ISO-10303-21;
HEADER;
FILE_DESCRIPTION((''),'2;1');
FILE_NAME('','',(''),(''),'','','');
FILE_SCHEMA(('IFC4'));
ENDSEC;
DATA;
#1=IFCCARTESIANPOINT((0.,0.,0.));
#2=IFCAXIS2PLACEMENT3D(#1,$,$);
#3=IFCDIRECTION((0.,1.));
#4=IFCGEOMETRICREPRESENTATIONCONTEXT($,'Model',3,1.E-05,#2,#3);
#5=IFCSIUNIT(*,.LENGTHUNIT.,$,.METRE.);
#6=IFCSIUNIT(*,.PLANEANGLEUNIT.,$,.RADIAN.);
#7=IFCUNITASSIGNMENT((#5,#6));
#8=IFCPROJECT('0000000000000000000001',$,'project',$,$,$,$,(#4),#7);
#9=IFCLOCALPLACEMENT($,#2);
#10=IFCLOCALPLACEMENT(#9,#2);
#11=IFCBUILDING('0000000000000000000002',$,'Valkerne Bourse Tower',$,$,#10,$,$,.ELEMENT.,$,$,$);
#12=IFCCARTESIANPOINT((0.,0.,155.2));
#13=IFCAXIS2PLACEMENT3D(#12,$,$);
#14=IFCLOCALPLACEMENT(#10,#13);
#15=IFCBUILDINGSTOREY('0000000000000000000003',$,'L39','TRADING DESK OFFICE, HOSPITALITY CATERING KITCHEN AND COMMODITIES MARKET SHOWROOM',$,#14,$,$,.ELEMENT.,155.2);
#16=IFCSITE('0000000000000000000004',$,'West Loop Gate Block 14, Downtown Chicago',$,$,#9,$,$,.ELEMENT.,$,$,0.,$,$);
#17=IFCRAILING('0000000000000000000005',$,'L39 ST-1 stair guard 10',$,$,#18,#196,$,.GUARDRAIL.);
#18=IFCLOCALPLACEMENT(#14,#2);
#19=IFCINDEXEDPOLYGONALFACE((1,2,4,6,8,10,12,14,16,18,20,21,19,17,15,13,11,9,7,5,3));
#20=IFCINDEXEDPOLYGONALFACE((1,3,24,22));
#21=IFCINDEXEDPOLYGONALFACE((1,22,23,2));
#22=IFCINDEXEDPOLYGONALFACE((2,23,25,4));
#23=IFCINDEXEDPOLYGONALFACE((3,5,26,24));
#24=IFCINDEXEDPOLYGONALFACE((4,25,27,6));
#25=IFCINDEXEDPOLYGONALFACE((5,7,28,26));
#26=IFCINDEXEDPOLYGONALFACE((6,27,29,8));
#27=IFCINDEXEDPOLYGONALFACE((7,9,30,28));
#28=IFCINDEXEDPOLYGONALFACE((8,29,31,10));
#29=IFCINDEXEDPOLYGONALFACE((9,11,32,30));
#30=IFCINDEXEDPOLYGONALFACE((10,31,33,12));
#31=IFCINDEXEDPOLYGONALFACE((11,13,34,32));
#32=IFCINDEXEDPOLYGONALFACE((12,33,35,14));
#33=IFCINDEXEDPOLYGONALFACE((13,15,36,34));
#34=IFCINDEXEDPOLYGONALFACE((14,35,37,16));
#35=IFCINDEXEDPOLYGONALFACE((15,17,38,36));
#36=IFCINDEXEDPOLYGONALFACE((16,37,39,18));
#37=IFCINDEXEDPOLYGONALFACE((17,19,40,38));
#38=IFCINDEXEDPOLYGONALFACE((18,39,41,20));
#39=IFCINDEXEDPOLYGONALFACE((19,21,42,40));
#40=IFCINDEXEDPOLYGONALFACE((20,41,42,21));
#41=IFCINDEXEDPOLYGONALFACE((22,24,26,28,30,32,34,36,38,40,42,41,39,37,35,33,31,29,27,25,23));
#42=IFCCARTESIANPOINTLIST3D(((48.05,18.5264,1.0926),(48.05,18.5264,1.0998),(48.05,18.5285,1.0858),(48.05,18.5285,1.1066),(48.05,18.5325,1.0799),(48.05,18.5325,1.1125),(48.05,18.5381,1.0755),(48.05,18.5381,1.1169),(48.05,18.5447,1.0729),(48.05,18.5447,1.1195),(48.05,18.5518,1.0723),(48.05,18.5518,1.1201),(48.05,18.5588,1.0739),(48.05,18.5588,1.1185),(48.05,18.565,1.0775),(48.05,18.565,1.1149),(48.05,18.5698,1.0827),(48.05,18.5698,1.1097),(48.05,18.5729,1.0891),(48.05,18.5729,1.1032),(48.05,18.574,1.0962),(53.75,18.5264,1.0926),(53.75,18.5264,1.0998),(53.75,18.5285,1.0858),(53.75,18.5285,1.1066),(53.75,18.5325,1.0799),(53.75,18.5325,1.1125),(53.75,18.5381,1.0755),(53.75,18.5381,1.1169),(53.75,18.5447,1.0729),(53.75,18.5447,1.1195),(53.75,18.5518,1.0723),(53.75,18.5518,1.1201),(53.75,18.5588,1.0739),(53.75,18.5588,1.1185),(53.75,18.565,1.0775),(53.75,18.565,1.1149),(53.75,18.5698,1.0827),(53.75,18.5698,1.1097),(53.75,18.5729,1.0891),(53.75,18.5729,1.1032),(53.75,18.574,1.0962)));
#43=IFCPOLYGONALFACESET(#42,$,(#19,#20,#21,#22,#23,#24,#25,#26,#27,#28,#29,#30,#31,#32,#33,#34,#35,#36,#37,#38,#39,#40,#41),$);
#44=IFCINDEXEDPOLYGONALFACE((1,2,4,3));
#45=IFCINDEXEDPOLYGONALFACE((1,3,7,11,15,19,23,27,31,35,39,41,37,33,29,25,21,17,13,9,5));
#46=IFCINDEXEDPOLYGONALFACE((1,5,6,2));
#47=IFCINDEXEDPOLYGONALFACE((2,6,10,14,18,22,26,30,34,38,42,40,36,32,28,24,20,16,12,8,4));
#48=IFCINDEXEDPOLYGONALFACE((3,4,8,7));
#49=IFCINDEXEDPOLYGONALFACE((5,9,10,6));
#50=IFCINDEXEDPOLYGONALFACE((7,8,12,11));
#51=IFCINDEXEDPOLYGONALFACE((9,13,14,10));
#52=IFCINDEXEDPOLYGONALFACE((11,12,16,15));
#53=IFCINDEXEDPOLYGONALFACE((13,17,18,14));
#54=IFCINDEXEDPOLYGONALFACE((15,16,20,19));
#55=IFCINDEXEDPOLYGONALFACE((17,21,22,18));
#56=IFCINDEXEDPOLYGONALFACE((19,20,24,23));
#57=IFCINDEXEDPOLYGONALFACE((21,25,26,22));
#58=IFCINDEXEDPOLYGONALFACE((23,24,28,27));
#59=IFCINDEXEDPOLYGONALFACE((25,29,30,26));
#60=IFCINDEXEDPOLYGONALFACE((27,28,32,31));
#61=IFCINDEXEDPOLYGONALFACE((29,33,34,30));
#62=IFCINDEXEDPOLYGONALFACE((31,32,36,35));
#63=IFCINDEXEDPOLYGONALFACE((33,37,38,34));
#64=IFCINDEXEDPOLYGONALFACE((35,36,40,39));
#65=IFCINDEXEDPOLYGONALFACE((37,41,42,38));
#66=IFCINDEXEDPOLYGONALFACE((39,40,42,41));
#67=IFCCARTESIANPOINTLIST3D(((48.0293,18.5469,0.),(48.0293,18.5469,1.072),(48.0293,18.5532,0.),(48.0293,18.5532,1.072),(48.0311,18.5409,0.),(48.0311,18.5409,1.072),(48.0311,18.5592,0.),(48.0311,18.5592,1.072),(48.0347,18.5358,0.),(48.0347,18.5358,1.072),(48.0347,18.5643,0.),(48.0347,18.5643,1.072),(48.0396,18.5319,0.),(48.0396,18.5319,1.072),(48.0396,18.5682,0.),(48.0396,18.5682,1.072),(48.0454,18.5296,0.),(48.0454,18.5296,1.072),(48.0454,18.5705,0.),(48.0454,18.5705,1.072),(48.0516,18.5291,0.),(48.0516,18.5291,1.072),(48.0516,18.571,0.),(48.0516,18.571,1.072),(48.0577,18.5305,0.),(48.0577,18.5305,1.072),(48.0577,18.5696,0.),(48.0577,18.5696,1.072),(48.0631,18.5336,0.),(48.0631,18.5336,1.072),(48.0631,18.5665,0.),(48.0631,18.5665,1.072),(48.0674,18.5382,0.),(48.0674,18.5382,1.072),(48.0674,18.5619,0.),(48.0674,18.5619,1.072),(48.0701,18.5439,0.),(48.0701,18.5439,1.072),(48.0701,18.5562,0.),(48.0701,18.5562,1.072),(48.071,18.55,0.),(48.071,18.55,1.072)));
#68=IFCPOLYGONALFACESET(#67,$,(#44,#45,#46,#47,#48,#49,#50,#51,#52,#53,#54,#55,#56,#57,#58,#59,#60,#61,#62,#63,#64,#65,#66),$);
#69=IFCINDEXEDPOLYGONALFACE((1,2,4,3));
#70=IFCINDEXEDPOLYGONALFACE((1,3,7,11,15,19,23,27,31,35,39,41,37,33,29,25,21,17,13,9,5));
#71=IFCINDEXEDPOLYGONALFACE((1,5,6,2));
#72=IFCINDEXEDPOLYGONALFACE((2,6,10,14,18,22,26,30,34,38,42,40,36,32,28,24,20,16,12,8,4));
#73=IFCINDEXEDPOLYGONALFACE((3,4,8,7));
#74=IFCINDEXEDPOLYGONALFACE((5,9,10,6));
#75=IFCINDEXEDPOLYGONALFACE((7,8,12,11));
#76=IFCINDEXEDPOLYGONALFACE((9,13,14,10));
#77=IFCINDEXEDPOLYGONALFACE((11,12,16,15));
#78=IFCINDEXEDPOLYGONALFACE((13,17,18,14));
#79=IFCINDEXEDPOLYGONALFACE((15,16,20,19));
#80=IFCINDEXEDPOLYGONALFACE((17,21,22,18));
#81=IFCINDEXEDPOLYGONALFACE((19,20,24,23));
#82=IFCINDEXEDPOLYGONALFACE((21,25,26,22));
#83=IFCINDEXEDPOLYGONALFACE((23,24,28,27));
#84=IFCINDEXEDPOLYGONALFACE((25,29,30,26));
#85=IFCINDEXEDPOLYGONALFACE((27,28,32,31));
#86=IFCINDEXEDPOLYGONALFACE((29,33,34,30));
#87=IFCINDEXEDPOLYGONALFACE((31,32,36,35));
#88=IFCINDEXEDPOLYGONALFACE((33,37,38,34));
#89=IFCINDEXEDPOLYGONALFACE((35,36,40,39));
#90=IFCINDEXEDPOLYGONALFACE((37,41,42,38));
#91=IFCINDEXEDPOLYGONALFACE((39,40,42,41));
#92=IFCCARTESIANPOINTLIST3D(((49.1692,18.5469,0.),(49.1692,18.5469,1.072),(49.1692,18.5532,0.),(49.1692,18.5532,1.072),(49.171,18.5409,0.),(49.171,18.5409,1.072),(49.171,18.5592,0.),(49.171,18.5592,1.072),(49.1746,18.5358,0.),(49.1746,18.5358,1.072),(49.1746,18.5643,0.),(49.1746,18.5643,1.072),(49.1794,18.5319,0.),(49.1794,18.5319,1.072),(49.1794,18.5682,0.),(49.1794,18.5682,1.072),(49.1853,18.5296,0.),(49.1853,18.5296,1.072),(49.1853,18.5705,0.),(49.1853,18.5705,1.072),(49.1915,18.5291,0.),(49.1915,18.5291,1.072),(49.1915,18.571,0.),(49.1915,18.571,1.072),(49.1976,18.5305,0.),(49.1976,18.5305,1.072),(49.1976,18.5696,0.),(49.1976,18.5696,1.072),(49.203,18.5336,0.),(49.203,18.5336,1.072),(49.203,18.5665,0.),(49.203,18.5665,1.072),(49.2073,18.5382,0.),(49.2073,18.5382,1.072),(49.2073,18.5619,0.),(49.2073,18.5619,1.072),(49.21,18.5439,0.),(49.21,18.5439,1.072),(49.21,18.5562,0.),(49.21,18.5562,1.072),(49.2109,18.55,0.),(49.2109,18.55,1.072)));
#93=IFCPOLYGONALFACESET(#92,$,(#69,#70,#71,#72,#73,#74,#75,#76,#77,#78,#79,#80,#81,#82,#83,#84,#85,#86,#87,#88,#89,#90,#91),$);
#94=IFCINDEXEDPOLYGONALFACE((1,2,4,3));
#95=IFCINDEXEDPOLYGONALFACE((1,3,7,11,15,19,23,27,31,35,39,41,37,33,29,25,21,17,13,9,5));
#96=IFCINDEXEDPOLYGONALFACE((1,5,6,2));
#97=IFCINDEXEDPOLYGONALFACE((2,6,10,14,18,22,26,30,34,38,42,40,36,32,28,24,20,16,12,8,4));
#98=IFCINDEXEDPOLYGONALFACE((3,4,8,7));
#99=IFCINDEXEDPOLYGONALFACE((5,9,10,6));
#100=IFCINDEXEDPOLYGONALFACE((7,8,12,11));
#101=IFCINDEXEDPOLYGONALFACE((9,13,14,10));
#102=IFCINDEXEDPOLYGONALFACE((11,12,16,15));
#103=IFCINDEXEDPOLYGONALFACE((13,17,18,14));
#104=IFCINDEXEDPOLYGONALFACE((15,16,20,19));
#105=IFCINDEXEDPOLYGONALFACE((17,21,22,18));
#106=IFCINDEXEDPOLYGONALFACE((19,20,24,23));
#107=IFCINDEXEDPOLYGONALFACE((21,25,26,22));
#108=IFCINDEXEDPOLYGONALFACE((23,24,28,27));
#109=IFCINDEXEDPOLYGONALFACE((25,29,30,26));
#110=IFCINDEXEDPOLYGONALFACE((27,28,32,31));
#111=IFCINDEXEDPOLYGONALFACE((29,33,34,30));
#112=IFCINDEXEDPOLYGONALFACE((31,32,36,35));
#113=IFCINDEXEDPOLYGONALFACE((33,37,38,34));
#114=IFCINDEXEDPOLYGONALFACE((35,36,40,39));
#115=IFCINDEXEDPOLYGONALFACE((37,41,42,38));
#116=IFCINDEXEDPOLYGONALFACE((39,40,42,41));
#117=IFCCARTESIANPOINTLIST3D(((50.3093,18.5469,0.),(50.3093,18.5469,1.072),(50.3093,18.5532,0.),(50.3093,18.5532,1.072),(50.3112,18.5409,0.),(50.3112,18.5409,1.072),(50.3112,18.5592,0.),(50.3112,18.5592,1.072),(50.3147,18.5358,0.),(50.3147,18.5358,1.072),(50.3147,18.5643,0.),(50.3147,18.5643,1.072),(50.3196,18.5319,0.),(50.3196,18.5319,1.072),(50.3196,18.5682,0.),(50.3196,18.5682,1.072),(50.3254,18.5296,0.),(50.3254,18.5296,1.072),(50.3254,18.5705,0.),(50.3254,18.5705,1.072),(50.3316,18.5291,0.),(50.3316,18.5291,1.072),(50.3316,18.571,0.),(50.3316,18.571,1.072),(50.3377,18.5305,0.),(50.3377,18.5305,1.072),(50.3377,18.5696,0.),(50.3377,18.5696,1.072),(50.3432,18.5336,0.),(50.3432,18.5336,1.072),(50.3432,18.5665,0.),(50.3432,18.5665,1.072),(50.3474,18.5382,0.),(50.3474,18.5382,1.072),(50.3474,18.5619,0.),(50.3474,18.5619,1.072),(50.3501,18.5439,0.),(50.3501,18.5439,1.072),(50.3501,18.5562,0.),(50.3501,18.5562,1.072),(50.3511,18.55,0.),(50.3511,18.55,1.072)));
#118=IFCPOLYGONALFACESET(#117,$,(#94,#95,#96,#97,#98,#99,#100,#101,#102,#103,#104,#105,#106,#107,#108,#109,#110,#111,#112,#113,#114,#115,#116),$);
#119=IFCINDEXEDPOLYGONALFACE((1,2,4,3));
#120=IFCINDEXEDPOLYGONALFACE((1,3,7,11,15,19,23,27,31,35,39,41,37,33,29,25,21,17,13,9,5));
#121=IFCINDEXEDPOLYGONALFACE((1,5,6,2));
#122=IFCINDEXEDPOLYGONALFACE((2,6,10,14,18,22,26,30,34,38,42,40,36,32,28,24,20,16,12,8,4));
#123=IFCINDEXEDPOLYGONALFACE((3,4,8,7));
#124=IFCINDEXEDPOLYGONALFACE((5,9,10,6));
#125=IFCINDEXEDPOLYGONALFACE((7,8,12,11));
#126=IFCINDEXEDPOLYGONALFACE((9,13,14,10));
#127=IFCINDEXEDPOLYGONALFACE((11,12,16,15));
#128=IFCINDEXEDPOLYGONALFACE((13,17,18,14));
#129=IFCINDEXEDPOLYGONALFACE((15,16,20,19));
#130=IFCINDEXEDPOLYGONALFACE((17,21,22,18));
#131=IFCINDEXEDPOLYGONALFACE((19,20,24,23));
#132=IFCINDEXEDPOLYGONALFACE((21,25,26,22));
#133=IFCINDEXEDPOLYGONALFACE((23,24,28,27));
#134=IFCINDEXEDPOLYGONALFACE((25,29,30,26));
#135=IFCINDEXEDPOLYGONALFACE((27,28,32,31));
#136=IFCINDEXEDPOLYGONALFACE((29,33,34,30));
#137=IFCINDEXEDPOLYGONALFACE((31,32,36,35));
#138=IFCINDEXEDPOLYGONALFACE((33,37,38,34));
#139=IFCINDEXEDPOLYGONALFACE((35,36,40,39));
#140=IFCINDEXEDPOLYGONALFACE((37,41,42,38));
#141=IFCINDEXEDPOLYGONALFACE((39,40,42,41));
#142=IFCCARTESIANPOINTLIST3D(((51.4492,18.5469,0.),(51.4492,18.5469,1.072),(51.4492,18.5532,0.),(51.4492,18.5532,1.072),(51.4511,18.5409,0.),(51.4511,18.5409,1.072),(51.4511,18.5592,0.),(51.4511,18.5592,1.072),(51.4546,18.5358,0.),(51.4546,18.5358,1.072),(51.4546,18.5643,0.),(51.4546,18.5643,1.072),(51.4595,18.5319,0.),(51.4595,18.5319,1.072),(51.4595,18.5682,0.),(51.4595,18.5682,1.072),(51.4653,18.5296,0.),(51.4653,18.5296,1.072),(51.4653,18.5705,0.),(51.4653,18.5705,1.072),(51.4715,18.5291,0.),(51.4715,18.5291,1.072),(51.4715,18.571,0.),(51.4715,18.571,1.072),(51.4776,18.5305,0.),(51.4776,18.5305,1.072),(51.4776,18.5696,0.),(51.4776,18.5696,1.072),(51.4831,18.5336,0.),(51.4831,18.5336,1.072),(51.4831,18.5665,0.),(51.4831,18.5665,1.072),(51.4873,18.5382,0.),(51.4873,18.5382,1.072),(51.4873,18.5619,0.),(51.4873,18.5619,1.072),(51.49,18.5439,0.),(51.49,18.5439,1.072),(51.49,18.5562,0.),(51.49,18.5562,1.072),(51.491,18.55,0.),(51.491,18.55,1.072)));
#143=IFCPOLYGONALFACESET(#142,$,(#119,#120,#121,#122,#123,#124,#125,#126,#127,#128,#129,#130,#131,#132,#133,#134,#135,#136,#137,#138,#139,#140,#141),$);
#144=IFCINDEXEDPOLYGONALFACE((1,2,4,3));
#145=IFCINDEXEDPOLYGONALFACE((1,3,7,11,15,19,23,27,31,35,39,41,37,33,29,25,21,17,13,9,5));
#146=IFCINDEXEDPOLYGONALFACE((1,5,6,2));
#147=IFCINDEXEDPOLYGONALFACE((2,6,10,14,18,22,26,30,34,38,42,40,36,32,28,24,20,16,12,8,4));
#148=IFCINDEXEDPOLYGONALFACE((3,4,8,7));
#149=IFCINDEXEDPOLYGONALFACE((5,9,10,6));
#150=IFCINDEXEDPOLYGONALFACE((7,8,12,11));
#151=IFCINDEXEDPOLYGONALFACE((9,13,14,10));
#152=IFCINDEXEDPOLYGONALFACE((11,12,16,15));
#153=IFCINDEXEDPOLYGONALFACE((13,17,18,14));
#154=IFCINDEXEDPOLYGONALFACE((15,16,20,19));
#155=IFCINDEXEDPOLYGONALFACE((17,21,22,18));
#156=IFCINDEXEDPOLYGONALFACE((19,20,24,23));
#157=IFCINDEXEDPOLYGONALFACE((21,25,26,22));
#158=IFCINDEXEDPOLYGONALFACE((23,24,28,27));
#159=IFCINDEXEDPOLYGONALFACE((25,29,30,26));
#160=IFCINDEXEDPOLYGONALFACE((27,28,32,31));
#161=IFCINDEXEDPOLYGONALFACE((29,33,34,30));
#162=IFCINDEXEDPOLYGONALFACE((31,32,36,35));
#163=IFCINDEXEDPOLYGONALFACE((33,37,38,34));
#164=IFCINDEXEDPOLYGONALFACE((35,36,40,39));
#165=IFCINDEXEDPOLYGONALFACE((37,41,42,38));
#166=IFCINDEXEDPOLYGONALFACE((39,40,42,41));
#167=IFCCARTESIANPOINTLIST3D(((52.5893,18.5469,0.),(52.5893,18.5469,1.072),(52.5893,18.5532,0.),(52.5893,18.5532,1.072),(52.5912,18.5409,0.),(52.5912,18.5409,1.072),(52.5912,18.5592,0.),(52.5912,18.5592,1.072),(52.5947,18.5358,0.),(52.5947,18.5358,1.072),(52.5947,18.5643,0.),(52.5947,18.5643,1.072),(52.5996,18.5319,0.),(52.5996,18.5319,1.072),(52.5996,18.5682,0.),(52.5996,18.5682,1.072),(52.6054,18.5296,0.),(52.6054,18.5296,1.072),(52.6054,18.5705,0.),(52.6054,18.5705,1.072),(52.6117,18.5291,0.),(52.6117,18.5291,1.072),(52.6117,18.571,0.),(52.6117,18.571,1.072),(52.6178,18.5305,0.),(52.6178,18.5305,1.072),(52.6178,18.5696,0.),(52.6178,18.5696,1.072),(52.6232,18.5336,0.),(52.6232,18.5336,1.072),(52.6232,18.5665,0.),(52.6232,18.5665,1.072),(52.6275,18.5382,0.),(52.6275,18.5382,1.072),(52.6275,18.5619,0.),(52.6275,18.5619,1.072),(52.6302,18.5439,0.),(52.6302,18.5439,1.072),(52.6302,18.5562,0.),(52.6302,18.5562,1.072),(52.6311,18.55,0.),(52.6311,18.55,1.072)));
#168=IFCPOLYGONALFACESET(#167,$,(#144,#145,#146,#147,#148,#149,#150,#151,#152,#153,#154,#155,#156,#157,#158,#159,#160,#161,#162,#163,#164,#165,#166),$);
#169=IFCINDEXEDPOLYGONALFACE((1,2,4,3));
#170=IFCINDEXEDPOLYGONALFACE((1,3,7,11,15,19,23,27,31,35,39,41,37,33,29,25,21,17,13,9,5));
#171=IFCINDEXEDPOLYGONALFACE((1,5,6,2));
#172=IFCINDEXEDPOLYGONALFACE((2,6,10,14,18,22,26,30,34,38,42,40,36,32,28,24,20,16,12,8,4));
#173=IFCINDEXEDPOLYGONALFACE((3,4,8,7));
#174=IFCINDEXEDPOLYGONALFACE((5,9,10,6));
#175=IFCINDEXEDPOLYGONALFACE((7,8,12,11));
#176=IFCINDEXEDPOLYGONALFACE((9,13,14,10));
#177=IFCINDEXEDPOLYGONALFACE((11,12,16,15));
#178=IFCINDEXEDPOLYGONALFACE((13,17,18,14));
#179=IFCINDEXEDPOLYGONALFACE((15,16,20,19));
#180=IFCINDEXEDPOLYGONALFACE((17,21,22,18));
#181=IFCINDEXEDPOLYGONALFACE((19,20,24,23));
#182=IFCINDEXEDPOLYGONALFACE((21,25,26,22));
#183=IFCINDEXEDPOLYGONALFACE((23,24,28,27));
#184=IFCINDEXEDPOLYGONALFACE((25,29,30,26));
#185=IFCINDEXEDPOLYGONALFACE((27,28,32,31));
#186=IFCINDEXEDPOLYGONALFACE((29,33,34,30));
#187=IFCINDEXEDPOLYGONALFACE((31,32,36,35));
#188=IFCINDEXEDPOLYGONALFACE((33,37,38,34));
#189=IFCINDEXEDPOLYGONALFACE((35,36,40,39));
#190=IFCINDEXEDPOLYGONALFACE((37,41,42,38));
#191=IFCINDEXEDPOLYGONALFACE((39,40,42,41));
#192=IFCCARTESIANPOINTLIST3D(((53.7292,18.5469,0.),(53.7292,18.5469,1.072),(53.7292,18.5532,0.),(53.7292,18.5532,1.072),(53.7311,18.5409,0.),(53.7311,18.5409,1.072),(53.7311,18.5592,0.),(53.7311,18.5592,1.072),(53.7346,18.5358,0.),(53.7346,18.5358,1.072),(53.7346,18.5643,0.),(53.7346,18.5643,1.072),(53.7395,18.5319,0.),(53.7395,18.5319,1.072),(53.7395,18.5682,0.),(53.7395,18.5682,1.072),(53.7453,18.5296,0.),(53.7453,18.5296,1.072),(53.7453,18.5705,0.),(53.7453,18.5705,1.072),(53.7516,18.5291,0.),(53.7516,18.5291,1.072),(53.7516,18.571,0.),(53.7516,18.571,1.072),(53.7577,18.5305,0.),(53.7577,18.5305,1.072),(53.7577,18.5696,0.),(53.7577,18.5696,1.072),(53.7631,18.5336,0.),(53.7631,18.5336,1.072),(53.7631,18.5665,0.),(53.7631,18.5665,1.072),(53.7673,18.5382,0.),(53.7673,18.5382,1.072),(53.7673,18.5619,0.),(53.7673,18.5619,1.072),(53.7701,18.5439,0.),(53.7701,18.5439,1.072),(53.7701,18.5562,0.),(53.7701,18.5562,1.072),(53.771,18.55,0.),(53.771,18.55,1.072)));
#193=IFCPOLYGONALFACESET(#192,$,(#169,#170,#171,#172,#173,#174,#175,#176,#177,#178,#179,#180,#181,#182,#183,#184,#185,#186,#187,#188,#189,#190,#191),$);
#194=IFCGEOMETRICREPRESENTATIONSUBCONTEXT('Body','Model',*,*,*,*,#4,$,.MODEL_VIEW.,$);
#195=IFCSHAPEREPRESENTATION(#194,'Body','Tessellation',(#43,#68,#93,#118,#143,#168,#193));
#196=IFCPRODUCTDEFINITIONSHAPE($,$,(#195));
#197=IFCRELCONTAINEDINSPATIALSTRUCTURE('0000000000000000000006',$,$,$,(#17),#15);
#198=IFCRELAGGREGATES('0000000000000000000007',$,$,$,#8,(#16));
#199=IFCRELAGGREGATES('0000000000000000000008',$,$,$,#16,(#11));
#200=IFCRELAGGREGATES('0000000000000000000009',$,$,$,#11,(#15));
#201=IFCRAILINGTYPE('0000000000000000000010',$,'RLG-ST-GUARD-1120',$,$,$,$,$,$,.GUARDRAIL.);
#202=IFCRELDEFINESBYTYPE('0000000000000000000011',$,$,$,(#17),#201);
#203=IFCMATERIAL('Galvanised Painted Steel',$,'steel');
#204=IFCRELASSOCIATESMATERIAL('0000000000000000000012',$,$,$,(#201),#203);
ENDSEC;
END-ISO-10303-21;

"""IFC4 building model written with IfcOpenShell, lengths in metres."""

from ifc_helpers import new_model, si_unit, direction, frame, origin, origin_2d, place, context, subcontext, project, spatial, circle, extrude, material, type_object, element, save


model = new_model("IFC4")

# Units and contexts
model_context = context("Model", 3, precision=1e-05, world=origin(), true_north=direction((0.0, 1.0)))
body_context = subcontext(model_context, "Body", "Model", "MODEL_VIEW")
ifc_project = project(units=[si_unit("LENGTHUNIT", "METRE"), si_unit("PLANEANGLEUNIT", "RADIAN")], contexts=[model_context])

# Site, building, storey
site_placement = place(None, origin())
site = spatial("IfcSite", under=ifc_project, at=site_placement, Name="West Loop Gate Block 14, Downtown Chicago", CompositionType="ELEMENT", RefElevation=0.0)
building_placement = place(site_placement, origin())
building = spatial("IfcBuilding", under=site, at=building_placement, Name="Valkerne Bourse Tower", CompositionType="ELEMENT")
storey_placement = place(building_placement, frame((0.0, 0.0, 155.2)))
storey = spatial("IfcBuildingStorey", under=building, at=storey_placement, Name="L39", Description="TRADING DESK OFFICE, HOSPITALITY CATERING KITCHEN AND COMMODITIES MARKET SHOWROOM", CompositionType="ELEMENT", Elevation=155.2)

# Shared definitions
ifc_material_1 = material(Name="Galvanised Painted Steel", Category="steel")

# Railing
railing_type_1 = type_object("IfcRailingType", Name="RLG-ST-GUARD-1120", PredefinedType="GUARDRAIL", material=ifc_material_1)
for number, where, name in (
    (1, (48.05, 18.55, 0.0), "L39 ST-1 stair guard 10"),
):
    element("IfcRailing", number, at=place(storey_placement, frame(where)), inside=storey, type_object=railing_type_1, Name=name, PredefinedType="GUARDRAIL", context=body_context, shape_type="SweptSolid", body=[
        extrude(circle(Radius=0.0239, at=origin_2d()), frame((0.0, 0.0, 1.0962), z_axis=(1.0, 0.0, 0.0), x_axis=(0.0, 1.0, 0.0)), (0.0, 0.0, 1.0), 5.7),
        extrude(circle(Radius=0.021, at=origin_2d()), origin(), (0.0, 0.0, 1.0), 1.072),
        extrude(circle(Radius=0.021, at=origin_2d()), frame((1.1399, 0.0, 0.0)), (0.0, 0.0, 1.0), 1.072),
        extrude(circle(Radius=0.021, at=origin_2d()), frame((2.28, 0.0, 0.0)), (0.0, 0.0, 1.0), 1.072),
        extrude(circle(Radius=0.021, at=origin_2d()), frame((3.4199, 0.0, 0.0)), (0.0, 0.0, 1.0), 1.072),
        extrude(circle(Radius=0.021, at=origin_2d()), frame((4.5601, 0.0, 0.0)), (0.0, 0.0, 1.0), 1.072),
        extrude(circle(Radius=0.021, at=origin_2d()), frame((5.7, 0.0, 0.0)), (0.0, 0.0, 1.0), 1.072),
    ])

save(model, "model.ifc")
